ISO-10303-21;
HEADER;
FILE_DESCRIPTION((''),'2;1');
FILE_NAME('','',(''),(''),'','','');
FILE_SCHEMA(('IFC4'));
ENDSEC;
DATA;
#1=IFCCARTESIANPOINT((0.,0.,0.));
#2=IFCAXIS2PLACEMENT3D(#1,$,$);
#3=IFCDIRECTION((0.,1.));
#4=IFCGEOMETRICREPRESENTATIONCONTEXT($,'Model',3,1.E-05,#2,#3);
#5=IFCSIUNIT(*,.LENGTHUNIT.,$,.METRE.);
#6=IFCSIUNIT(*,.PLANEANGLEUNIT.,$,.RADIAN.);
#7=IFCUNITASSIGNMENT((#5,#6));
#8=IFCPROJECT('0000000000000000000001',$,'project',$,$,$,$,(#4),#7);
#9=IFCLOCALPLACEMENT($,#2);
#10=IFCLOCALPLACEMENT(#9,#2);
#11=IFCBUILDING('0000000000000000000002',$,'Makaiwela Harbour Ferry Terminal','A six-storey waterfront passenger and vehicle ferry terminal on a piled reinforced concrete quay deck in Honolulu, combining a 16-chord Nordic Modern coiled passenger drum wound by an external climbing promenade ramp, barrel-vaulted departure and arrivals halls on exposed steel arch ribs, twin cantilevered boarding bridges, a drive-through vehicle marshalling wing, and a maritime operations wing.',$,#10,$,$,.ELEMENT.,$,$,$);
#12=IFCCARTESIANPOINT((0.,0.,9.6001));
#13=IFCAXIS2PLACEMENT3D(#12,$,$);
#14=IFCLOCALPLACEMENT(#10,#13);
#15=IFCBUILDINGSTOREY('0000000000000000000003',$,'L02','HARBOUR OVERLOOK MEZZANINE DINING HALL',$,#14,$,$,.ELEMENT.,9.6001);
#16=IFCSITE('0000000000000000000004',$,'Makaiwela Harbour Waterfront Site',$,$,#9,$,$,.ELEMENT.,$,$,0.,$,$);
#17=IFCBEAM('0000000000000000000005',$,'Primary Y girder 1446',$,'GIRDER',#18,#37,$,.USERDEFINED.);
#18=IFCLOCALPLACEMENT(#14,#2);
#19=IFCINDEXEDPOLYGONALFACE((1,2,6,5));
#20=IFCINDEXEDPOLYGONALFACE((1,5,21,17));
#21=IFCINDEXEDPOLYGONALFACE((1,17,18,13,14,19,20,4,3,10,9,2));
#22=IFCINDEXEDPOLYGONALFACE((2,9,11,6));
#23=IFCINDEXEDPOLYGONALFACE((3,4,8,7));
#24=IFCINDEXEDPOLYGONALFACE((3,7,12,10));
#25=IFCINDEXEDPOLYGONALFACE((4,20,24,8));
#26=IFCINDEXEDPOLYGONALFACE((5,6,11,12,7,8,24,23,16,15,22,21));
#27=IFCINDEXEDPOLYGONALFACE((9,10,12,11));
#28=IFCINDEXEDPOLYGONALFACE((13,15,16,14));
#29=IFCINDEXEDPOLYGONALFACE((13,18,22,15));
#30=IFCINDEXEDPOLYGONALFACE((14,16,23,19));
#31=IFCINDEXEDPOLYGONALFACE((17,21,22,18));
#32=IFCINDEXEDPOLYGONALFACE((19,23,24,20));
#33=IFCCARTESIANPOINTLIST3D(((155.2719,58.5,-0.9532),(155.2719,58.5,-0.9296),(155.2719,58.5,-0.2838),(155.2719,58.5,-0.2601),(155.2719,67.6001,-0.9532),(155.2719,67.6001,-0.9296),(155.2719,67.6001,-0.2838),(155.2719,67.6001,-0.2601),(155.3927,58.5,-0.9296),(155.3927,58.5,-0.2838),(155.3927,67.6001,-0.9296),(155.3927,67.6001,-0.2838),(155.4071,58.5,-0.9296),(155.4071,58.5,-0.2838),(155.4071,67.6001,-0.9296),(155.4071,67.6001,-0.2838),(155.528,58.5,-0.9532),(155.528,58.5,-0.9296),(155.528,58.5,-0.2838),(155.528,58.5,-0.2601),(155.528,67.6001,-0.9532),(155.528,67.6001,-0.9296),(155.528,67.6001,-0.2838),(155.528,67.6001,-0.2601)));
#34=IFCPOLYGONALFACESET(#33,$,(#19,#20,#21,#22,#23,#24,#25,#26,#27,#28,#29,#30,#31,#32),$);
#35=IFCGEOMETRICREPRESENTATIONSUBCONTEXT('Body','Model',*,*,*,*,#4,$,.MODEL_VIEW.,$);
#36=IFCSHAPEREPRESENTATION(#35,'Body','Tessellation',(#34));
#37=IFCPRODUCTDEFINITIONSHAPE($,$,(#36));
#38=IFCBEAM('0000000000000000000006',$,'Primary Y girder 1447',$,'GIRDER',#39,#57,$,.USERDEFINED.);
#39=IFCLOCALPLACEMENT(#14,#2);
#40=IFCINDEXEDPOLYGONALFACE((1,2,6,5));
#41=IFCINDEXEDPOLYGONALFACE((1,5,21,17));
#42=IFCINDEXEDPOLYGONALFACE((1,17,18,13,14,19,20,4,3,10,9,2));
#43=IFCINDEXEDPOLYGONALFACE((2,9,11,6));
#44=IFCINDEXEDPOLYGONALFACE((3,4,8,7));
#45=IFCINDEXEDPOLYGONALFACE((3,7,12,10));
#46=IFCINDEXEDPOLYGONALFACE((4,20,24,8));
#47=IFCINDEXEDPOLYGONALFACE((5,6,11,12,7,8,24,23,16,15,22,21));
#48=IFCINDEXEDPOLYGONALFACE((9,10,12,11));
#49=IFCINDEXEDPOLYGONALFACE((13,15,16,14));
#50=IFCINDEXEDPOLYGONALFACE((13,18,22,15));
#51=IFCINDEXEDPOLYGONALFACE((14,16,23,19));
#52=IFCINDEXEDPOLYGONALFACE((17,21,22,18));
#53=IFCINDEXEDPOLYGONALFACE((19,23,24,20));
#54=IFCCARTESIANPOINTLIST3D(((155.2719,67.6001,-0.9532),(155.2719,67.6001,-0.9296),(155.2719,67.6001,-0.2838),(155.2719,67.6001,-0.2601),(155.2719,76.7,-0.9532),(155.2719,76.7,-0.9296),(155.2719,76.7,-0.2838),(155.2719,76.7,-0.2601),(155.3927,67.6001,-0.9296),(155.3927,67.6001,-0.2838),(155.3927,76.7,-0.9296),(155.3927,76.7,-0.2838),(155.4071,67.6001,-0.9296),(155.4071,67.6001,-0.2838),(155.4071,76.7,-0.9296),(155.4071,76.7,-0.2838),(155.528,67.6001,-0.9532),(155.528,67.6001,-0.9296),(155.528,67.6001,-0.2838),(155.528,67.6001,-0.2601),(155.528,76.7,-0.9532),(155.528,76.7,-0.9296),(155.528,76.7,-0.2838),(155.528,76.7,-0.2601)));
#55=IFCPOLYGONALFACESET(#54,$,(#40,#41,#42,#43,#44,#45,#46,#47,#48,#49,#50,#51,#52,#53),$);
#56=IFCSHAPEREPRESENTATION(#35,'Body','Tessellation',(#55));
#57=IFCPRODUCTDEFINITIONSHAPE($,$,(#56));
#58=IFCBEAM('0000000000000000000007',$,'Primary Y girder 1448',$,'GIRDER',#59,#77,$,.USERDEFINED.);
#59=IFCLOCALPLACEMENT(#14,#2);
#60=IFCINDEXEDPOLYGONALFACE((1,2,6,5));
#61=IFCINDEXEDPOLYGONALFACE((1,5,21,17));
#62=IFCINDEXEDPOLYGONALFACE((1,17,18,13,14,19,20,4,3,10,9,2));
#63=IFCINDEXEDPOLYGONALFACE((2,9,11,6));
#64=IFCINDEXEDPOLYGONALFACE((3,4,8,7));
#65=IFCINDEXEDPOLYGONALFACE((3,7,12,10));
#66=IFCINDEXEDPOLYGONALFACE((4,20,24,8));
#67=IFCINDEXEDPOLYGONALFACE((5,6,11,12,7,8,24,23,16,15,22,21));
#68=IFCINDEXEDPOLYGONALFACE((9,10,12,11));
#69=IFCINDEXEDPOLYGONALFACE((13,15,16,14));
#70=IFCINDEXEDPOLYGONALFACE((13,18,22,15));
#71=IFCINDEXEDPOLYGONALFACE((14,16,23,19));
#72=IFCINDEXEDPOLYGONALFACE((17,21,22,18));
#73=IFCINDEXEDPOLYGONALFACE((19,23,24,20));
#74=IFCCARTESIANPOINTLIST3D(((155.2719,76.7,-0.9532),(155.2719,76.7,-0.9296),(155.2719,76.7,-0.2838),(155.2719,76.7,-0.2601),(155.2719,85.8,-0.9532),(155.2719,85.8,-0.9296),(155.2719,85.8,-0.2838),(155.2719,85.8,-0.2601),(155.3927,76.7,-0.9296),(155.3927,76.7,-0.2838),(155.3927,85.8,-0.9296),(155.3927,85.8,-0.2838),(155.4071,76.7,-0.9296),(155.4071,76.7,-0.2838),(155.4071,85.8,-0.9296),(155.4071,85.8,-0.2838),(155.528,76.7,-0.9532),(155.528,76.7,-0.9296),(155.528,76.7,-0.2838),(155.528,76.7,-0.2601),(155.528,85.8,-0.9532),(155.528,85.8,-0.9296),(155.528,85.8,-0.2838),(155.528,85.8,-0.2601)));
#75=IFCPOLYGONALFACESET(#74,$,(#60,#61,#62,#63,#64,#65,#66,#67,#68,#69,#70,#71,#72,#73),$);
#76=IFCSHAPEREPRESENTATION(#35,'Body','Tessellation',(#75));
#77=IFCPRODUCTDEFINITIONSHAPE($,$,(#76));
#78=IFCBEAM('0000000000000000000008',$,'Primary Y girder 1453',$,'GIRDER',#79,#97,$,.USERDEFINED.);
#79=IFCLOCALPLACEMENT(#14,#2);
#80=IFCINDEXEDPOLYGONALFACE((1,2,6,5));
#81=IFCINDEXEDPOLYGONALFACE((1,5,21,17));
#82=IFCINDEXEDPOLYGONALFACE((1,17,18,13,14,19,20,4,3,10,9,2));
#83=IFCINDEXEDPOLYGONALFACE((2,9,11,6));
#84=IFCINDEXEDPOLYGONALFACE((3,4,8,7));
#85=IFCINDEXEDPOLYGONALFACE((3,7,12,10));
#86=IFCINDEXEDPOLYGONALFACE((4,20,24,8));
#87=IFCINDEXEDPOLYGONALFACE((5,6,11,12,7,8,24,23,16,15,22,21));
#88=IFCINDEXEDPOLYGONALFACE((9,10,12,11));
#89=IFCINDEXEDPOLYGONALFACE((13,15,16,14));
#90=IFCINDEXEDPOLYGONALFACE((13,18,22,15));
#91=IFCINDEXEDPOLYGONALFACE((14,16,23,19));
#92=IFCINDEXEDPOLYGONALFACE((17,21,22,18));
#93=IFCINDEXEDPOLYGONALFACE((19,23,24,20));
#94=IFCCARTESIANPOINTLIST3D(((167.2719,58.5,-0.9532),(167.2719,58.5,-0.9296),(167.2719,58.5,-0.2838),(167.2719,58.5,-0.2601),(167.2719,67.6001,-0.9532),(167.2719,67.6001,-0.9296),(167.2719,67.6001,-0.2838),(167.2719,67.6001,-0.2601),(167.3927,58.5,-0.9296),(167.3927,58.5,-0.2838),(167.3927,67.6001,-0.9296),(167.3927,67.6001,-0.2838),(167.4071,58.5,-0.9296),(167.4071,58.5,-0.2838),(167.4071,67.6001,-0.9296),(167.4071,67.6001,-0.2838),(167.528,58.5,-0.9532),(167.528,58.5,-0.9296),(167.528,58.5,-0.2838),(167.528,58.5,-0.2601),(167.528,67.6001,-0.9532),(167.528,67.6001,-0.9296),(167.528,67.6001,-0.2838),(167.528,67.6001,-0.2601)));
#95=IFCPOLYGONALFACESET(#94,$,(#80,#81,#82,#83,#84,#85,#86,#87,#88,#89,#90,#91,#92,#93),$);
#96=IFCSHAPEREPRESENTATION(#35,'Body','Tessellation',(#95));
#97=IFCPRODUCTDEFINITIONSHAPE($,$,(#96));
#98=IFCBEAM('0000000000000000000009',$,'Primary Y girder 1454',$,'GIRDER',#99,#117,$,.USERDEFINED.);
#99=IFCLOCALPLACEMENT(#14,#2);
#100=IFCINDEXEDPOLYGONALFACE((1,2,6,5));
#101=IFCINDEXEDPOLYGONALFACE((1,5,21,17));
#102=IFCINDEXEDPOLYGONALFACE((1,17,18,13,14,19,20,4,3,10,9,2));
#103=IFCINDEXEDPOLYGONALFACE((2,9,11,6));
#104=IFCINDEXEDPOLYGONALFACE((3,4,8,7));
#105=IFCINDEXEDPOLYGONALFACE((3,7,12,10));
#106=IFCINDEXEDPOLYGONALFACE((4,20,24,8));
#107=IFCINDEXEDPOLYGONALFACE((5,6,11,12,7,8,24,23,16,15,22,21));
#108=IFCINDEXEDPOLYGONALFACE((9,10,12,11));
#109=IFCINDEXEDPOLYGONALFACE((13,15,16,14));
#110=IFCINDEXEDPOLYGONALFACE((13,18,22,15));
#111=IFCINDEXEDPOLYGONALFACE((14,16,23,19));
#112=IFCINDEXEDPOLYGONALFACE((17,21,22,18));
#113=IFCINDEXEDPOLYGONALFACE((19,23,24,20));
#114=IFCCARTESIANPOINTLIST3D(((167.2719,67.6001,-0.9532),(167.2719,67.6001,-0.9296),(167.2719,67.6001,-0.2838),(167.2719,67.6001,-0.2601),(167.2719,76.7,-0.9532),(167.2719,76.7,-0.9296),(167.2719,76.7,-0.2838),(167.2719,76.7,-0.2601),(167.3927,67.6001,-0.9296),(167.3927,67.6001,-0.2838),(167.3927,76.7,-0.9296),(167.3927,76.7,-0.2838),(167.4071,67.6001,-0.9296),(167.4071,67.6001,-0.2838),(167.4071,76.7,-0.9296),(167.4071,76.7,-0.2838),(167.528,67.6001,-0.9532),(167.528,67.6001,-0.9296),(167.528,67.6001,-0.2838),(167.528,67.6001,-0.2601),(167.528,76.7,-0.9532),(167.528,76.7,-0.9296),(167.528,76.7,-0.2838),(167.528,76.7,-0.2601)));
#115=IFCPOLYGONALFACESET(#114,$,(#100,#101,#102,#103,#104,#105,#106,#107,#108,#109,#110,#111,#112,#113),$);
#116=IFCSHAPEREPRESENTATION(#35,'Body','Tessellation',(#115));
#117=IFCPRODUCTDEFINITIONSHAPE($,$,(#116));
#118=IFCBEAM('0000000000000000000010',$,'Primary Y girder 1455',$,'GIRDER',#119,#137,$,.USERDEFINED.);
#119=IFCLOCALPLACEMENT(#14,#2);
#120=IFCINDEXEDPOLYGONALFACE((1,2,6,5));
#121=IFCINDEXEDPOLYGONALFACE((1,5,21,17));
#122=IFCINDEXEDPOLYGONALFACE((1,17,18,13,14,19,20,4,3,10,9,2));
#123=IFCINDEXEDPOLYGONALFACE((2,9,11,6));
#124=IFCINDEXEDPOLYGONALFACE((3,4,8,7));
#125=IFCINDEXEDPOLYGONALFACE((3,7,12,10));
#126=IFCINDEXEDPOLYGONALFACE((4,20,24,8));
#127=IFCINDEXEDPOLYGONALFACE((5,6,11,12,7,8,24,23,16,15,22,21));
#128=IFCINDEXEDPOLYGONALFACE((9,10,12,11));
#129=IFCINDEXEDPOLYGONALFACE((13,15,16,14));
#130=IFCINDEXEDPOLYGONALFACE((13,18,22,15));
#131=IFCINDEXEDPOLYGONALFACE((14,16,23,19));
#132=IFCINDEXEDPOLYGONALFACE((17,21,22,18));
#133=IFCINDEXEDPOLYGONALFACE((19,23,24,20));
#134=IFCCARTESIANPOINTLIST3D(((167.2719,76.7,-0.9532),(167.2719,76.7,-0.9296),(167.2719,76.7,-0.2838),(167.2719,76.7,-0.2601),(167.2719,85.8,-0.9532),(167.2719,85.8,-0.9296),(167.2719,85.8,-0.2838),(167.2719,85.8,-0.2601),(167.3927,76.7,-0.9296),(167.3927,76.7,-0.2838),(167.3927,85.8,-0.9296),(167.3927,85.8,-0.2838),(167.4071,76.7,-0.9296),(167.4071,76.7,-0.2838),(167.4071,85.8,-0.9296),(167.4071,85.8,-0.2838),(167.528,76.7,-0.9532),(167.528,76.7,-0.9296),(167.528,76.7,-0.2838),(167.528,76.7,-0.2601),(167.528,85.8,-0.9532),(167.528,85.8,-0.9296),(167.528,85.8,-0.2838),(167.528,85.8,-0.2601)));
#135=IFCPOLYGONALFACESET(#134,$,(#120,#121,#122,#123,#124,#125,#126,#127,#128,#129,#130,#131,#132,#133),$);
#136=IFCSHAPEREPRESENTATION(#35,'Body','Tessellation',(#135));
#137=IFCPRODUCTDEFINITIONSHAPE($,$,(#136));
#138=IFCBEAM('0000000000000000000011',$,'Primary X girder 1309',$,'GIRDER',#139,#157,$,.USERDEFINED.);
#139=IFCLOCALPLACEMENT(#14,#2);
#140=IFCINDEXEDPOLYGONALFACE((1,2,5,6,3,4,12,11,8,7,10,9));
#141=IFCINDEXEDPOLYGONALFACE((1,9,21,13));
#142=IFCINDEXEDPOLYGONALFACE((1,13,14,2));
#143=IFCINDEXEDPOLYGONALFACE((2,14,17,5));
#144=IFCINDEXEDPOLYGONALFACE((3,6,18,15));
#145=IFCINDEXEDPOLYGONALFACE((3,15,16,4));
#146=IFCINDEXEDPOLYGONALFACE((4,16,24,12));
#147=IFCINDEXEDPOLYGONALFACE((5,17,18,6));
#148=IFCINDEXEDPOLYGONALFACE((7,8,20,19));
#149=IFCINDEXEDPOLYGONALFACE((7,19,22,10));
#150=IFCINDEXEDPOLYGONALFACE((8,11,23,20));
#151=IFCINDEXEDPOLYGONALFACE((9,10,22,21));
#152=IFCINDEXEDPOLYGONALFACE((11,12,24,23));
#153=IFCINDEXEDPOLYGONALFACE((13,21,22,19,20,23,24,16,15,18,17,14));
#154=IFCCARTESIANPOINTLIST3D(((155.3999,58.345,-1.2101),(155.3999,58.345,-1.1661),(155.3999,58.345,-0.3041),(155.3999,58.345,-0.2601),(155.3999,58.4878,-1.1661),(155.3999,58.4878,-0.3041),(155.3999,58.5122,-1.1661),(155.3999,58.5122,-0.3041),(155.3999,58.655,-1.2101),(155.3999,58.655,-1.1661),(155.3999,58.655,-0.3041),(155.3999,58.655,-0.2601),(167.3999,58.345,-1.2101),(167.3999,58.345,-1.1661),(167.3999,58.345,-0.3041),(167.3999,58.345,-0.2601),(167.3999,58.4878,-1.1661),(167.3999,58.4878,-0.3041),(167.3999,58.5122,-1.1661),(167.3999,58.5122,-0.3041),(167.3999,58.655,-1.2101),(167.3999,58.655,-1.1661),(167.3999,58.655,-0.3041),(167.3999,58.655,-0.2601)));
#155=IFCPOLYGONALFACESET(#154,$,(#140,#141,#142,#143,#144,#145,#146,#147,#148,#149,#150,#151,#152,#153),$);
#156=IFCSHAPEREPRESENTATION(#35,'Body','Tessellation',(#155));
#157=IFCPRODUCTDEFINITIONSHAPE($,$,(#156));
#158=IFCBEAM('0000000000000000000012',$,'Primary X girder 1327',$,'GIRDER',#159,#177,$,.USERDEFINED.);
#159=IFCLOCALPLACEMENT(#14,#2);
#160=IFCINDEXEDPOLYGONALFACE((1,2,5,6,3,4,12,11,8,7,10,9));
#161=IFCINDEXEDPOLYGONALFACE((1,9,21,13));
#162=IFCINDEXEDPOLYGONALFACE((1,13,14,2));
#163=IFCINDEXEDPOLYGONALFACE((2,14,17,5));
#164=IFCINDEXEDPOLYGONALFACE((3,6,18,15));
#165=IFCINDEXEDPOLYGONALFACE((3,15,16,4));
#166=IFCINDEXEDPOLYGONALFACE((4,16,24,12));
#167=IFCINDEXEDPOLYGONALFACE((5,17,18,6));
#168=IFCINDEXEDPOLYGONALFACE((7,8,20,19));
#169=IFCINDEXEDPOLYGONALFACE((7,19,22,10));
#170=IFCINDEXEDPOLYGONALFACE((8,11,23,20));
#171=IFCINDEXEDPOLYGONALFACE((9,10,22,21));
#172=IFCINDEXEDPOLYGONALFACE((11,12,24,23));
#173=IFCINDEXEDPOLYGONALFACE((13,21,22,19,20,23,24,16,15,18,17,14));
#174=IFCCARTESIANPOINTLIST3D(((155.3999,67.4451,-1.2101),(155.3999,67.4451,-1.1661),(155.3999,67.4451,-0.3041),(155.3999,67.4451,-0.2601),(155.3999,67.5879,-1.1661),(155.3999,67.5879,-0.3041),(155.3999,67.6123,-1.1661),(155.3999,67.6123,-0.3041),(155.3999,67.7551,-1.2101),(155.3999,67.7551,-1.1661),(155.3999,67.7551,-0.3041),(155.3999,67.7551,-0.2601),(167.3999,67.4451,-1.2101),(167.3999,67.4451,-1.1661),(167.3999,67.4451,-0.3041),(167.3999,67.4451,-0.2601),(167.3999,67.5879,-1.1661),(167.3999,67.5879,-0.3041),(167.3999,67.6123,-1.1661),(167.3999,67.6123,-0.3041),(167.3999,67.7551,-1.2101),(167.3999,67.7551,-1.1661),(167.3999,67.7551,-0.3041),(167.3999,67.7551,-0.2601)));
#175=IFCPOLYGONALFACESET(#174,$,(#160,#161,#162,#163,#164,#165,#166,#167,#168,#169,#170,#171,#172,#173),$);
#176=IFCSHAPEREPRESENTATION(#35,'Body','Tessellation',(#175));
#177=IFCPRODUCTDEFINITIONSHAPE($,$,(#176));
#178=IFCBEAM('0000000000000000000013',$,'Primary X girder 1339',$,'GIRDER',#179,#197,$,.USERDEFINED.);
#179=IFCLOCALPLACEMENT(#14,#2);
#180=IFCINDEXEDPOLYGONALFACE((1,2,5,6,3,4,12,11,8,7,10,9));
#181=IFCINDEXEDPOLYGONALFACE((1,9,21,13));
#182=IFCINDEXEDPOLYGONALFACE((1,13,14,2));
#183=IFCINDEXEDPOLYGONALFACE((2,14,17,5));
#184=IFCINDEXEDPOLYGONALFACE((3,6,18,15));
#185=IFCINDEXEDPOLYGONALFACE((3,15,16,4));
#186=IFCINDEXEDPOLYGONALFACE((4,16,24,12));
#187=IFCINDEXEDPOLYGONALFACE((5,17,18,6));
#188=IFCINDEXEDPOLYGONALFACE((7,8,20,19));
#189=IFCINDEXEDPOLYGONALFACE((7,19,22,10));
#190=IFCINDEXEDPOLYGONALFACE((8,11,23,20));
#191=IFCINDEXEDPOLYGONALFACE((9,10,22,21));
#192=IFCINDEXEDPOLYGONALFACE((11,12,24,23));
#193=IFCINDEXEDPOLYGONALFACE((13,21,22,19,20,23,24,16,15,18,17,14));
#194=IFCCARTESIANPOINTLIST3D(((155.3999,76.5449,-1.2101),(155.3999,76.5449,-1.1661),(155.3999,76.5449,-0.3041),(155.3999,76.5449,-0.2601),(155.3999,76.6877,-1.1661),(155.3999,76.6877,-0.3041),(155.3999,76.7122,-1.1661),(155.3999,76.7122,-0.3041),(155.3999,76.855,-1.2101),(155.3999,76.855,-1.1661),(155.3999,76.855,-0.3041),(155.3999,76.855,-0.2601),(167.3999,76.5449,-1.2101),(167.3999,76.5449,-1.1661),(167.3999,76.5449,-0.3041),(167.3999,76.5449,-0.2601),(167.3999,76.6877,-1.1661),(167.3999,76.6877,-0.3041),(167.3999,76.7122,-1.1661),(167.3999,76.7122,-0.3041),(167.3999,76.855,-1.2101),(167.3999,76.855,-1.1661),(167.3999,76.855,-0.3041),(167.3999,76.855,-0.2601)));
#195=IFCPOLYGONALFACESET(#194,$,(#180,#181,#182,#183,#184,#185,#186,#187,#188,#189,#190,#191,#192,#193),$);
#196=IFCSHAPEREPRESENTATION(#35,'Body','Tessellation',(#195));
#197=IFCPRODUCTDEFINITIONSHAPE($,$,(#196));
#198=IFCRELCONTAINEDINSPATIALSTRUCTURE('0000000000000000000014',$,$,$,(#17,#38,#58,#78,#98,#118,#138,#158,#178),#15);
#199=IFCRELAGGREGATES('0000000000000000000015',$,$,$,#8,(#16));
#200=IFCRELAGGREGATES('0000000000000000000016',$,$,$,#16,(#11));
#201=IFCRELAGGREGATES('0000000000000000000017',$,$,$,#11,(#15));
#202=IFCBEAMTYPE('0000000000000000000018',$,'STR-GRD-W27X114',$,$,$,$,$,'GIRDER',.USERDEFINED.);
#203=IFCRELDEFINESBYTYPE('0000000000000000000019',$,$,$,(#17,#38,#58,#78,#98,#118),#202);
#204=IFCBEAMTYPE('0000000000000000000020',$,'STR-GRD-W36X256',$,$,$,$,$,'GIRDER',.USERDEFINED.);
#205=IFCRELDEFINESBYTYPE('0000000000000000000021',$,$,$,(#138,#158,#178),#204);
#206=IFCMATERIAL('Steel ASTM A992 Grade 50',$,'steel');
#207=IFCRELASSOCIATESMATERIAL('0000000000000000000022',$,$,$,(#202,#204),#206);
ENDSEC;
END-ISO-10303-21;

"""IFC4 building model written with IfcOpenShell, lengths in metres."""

from ifc_helpers import new_model, si_unit, direction, frame, origin, origin_2d, place, context, subcontext, project, spatial, i_section, extrude, material, material_profile, profile_set, type_object, element, save


model = new_model("IFC4")

# Units and contexts
model_context = context("Model", 3, precision=1e-05, world=origin(), true_north=direction((0.0, 1.0)))
body_context = subcontext(model_context, "Body", "Model", "MODEL_VIEW")
ifc_project = project(units=[si_unit("LENGTHUNIT", "METRE"), si_unit("PLANEANGLEUNIT", "RADIAN")], contexts=[model_context])

# Site, building, storey
site_placement = place(None, origin())
site = spatial("IfcSite", under=ifc_project, at=site_placement, Name="Makaiwela Harbour Waterfront Site", CompositionType="ELEMENT", RefElevation=0.0)
building_placement = place(site_placement, origin())
building = spatial("IfcBuilding", under=site, at=building_placement, Name="Makaiwela Harbour Ferry Terminal", Description="A six-storey waterfront passenger and vehicle ferry terminal on a piled reinforced concrete quay deck in Honolulu, combining a 16-chord Nordic Modern coiled passenger drum wound by an external climbing promenade ramp, barrel-vaulted departure and arrivals halls on exposed steel arch ribs, twin cantilevered boarding bridges, a drive-through vehicle marshalling wing, and a maritime operations wing.", CompositionType="ELEMENT")
storey_placement = place(building_placement, frame((0.0, 0.0, 9.6001)))
storey = spatial("IfcBuildingStorey", under=building, at=storey_placement, Name="L02", Description="HARBOUR OVERLOOK MEZZANINE DINING HALL", CompositionType="ELEMENT", Elevation=9.6001)

# Shared definitions
ifc_material_1 = material(Name="Steel ASTM A992 Grade 50", Category="steel")

# Beams
ifc_material_profile_1 = material_profile(ifc_material_1, i_section(OverallWidth=0.2561, OverallDepth=0.6931, WebThickness=0.0144, FlangeThickness=0.0237, at=origin_2d()), Name="W27X114")
ifc_profile_set_1 = profile_set([ifc_material_profile_1], Name="Steel ASTM A992 Grade 50")
beam_type_1 = type_object("IfcBeamType", Name="STR-GRD-W27X114", ElementType="GIRDER", PredefinedType="USERDEFINED", material=ifc_profile_set_1)
beam_1_placement = place(storey_placement, frame((155.3999, 58.5, -0.6067), z_axis=(0.0, 1.0, 0.0), x_axis=(-1.0, 0.0, 0.0)))
element("IfcBeam", 1, at=beam_1_placement, inside=storey, type_object=beam_type_1, Name="Primary Y girder 1446", ObjectType="GIRDER", PredefinedType="USERDEFINED", context=body_context, shape_type="SweptSolid", body=[
    extrude(i_section(OverallWidth=0.2561, OverallDepth=0.6931, WebThickness=0.0144, FlangeThickness=0.0237, at=origin_2d()), origin(), (0.0, 0.0, 1.0), 9.1001),
])
beam_2_placement = place(storey_placement, frame((155.3999, 67.6001, -0.6067), z_axis=(0.0, 1.0, 0.0), x_axis=(-1.0, 0.0, 0.0)))
element("IfcBeam", 2, at=beam_2_placement, inside=storey, type_object=beam_type_1, Name="Primary Y girder 1447", ObjectType="GIRDER", PredefinedType="USERDEFINED", context=body_context, shape_type="SweptSolid", body=[
    extrude(i_section(OverallWidth=0.2561, OverallDepth=0.6931, WebThickness=0.0144, FlangeThickness=0.0237, at=origin_2d()), origin(), (0.0, 0.0, 1.0), 9.0999),
])
for number, where, z_axis, x_axis, name in (
    (3, (155.3999, 76.7, -0.6067), (0.0, 1.0, 0.0), (-1.0, 0.0, 0.0), "Primary Y girder 1448"),
    (4, (167.3999, 58.5, -0.6067), (0.0, 1.0, 0.0), (-1.0, 0.0, 0.0), "Primary Y girder 1453"),
):
    element("IfcBeam", number, at=place(storey_placement, frame(where, z_axis=z_axis, x_axis=x_axis)), inside=storey, type_object=beam_type_1, Name=name, ObjectType="GIRDER", PredefinedType="USERDEFINED", context=body_context, shape_type="SweptSolid", body=[
        extrude(i_section(OverallWidth=0.2561, OverallDepth=0.6931, WebThickness=0.0144, FlangeThickness=0.0237, at=origin_2d()), origin(), (0.0, 0.0, 1.0), 9.1001),
    ])
beam_3_placement = place(storey_placement, frame((167.3999, 67.6001, -0.6067), z_axis=(0.0, 1.0, 0.0), x_axis=(-1.0, 0.0, 0.0)))
element("IfcBeam", 5, at=beam_3_placement, inside=storey, type_object=beam_type_1, Name="Primary Y girder 1454", ObjectType="GIRDER", PredefinedType="USERDEFINED", context=body_context, shape_type="SweptSolid", body=[
    extrude(i_section(OverallWidth=0.2561, OverallDepth=0.6931, WebThickness=0.0144, FlangeThickness=0.0237, at=origin_2d()), origin(), (0.0, 0.0, 1.0), 9.0999),
])
beam_4_placement = place(storey_placement, frame((167.3999, 76.7, -0.6067), z_axis=(0.0, 1.0, 0.0), x_axis=(-1.0, 0.0, 0.0)))
element("IfcBeam", 6, at=beam_4_placement, inside=storey, type_object=beam_type_1, Name="Primary Y girder 1455", ObjectType="GIRDER", PredefinedType="USERDEFINED", context=body_context, shape_type="SweptSolid", body=[
    extrude(i_section(OverallWidth=0.2561, OverallDepth=0.6931, WebThickness=0.0144, FlangeThickness=0.0237, at=origin_2d()), origin(), (0.0, 0.0, 1.0), 9.1001),
])
ifc_material_profile_2 = material_profile(ifc_material_1, i_section(OverallWidth=0.3101, OverallDepth=0.95, WebThickness=0.0244, FlangeThickness=0.0439, at=origin_2d()), Name="W36X256")
ifc_profile_set_2 = profile_set([ifc_material_profile_2], Name="Steel ASTM A992 Grade 50")
beam_type_2 = type_object("IfcBeamType", Name="STR-GRD-W36X256", ElementType="GIRDER", PredefinedType="USERDEFINED", material=ifc_profile_set_2)
for number, where, z_axis, x_axis, name in (
    (7, (155.3999, 58.5, -0.7351), (1.0, 0.0, 0.0), (0.0, 1.0, 0.0), "Primary X girder 1309"),
    (8, (155.3999, 67.6001, -0.7351), (1.0, 0.0, 0.0), (0.0, 1.0, 0.0), "Primary X girder 1327"),
    (9, (155.3999, 76.7, -0.7351), (1.0, 0.0, 0.0), (0.0, 1.0, 0.0), "Primary X girder 1339"),
):
    element("IfcBeam", number, at=place(storey_placement, frame(where, z_axis=z_axis, x_axis=x_axis)), inside=storey, type_object=beam_type_2, Name=name, ObjectType="GIRDER", PredefinedType="USERDEFINED", context=body_context, shape_type="SweptSolid", body=[
        extrude(i_section(OverallWidth=0.3101, OverallDepth=0.95, WebThickness=0.0244, FlangeThickness=0.0439, at=origin_2d()), origin(), (0.0, 0.0, 1.0), 12.0),
    ])

save(model, "model.ifc")
